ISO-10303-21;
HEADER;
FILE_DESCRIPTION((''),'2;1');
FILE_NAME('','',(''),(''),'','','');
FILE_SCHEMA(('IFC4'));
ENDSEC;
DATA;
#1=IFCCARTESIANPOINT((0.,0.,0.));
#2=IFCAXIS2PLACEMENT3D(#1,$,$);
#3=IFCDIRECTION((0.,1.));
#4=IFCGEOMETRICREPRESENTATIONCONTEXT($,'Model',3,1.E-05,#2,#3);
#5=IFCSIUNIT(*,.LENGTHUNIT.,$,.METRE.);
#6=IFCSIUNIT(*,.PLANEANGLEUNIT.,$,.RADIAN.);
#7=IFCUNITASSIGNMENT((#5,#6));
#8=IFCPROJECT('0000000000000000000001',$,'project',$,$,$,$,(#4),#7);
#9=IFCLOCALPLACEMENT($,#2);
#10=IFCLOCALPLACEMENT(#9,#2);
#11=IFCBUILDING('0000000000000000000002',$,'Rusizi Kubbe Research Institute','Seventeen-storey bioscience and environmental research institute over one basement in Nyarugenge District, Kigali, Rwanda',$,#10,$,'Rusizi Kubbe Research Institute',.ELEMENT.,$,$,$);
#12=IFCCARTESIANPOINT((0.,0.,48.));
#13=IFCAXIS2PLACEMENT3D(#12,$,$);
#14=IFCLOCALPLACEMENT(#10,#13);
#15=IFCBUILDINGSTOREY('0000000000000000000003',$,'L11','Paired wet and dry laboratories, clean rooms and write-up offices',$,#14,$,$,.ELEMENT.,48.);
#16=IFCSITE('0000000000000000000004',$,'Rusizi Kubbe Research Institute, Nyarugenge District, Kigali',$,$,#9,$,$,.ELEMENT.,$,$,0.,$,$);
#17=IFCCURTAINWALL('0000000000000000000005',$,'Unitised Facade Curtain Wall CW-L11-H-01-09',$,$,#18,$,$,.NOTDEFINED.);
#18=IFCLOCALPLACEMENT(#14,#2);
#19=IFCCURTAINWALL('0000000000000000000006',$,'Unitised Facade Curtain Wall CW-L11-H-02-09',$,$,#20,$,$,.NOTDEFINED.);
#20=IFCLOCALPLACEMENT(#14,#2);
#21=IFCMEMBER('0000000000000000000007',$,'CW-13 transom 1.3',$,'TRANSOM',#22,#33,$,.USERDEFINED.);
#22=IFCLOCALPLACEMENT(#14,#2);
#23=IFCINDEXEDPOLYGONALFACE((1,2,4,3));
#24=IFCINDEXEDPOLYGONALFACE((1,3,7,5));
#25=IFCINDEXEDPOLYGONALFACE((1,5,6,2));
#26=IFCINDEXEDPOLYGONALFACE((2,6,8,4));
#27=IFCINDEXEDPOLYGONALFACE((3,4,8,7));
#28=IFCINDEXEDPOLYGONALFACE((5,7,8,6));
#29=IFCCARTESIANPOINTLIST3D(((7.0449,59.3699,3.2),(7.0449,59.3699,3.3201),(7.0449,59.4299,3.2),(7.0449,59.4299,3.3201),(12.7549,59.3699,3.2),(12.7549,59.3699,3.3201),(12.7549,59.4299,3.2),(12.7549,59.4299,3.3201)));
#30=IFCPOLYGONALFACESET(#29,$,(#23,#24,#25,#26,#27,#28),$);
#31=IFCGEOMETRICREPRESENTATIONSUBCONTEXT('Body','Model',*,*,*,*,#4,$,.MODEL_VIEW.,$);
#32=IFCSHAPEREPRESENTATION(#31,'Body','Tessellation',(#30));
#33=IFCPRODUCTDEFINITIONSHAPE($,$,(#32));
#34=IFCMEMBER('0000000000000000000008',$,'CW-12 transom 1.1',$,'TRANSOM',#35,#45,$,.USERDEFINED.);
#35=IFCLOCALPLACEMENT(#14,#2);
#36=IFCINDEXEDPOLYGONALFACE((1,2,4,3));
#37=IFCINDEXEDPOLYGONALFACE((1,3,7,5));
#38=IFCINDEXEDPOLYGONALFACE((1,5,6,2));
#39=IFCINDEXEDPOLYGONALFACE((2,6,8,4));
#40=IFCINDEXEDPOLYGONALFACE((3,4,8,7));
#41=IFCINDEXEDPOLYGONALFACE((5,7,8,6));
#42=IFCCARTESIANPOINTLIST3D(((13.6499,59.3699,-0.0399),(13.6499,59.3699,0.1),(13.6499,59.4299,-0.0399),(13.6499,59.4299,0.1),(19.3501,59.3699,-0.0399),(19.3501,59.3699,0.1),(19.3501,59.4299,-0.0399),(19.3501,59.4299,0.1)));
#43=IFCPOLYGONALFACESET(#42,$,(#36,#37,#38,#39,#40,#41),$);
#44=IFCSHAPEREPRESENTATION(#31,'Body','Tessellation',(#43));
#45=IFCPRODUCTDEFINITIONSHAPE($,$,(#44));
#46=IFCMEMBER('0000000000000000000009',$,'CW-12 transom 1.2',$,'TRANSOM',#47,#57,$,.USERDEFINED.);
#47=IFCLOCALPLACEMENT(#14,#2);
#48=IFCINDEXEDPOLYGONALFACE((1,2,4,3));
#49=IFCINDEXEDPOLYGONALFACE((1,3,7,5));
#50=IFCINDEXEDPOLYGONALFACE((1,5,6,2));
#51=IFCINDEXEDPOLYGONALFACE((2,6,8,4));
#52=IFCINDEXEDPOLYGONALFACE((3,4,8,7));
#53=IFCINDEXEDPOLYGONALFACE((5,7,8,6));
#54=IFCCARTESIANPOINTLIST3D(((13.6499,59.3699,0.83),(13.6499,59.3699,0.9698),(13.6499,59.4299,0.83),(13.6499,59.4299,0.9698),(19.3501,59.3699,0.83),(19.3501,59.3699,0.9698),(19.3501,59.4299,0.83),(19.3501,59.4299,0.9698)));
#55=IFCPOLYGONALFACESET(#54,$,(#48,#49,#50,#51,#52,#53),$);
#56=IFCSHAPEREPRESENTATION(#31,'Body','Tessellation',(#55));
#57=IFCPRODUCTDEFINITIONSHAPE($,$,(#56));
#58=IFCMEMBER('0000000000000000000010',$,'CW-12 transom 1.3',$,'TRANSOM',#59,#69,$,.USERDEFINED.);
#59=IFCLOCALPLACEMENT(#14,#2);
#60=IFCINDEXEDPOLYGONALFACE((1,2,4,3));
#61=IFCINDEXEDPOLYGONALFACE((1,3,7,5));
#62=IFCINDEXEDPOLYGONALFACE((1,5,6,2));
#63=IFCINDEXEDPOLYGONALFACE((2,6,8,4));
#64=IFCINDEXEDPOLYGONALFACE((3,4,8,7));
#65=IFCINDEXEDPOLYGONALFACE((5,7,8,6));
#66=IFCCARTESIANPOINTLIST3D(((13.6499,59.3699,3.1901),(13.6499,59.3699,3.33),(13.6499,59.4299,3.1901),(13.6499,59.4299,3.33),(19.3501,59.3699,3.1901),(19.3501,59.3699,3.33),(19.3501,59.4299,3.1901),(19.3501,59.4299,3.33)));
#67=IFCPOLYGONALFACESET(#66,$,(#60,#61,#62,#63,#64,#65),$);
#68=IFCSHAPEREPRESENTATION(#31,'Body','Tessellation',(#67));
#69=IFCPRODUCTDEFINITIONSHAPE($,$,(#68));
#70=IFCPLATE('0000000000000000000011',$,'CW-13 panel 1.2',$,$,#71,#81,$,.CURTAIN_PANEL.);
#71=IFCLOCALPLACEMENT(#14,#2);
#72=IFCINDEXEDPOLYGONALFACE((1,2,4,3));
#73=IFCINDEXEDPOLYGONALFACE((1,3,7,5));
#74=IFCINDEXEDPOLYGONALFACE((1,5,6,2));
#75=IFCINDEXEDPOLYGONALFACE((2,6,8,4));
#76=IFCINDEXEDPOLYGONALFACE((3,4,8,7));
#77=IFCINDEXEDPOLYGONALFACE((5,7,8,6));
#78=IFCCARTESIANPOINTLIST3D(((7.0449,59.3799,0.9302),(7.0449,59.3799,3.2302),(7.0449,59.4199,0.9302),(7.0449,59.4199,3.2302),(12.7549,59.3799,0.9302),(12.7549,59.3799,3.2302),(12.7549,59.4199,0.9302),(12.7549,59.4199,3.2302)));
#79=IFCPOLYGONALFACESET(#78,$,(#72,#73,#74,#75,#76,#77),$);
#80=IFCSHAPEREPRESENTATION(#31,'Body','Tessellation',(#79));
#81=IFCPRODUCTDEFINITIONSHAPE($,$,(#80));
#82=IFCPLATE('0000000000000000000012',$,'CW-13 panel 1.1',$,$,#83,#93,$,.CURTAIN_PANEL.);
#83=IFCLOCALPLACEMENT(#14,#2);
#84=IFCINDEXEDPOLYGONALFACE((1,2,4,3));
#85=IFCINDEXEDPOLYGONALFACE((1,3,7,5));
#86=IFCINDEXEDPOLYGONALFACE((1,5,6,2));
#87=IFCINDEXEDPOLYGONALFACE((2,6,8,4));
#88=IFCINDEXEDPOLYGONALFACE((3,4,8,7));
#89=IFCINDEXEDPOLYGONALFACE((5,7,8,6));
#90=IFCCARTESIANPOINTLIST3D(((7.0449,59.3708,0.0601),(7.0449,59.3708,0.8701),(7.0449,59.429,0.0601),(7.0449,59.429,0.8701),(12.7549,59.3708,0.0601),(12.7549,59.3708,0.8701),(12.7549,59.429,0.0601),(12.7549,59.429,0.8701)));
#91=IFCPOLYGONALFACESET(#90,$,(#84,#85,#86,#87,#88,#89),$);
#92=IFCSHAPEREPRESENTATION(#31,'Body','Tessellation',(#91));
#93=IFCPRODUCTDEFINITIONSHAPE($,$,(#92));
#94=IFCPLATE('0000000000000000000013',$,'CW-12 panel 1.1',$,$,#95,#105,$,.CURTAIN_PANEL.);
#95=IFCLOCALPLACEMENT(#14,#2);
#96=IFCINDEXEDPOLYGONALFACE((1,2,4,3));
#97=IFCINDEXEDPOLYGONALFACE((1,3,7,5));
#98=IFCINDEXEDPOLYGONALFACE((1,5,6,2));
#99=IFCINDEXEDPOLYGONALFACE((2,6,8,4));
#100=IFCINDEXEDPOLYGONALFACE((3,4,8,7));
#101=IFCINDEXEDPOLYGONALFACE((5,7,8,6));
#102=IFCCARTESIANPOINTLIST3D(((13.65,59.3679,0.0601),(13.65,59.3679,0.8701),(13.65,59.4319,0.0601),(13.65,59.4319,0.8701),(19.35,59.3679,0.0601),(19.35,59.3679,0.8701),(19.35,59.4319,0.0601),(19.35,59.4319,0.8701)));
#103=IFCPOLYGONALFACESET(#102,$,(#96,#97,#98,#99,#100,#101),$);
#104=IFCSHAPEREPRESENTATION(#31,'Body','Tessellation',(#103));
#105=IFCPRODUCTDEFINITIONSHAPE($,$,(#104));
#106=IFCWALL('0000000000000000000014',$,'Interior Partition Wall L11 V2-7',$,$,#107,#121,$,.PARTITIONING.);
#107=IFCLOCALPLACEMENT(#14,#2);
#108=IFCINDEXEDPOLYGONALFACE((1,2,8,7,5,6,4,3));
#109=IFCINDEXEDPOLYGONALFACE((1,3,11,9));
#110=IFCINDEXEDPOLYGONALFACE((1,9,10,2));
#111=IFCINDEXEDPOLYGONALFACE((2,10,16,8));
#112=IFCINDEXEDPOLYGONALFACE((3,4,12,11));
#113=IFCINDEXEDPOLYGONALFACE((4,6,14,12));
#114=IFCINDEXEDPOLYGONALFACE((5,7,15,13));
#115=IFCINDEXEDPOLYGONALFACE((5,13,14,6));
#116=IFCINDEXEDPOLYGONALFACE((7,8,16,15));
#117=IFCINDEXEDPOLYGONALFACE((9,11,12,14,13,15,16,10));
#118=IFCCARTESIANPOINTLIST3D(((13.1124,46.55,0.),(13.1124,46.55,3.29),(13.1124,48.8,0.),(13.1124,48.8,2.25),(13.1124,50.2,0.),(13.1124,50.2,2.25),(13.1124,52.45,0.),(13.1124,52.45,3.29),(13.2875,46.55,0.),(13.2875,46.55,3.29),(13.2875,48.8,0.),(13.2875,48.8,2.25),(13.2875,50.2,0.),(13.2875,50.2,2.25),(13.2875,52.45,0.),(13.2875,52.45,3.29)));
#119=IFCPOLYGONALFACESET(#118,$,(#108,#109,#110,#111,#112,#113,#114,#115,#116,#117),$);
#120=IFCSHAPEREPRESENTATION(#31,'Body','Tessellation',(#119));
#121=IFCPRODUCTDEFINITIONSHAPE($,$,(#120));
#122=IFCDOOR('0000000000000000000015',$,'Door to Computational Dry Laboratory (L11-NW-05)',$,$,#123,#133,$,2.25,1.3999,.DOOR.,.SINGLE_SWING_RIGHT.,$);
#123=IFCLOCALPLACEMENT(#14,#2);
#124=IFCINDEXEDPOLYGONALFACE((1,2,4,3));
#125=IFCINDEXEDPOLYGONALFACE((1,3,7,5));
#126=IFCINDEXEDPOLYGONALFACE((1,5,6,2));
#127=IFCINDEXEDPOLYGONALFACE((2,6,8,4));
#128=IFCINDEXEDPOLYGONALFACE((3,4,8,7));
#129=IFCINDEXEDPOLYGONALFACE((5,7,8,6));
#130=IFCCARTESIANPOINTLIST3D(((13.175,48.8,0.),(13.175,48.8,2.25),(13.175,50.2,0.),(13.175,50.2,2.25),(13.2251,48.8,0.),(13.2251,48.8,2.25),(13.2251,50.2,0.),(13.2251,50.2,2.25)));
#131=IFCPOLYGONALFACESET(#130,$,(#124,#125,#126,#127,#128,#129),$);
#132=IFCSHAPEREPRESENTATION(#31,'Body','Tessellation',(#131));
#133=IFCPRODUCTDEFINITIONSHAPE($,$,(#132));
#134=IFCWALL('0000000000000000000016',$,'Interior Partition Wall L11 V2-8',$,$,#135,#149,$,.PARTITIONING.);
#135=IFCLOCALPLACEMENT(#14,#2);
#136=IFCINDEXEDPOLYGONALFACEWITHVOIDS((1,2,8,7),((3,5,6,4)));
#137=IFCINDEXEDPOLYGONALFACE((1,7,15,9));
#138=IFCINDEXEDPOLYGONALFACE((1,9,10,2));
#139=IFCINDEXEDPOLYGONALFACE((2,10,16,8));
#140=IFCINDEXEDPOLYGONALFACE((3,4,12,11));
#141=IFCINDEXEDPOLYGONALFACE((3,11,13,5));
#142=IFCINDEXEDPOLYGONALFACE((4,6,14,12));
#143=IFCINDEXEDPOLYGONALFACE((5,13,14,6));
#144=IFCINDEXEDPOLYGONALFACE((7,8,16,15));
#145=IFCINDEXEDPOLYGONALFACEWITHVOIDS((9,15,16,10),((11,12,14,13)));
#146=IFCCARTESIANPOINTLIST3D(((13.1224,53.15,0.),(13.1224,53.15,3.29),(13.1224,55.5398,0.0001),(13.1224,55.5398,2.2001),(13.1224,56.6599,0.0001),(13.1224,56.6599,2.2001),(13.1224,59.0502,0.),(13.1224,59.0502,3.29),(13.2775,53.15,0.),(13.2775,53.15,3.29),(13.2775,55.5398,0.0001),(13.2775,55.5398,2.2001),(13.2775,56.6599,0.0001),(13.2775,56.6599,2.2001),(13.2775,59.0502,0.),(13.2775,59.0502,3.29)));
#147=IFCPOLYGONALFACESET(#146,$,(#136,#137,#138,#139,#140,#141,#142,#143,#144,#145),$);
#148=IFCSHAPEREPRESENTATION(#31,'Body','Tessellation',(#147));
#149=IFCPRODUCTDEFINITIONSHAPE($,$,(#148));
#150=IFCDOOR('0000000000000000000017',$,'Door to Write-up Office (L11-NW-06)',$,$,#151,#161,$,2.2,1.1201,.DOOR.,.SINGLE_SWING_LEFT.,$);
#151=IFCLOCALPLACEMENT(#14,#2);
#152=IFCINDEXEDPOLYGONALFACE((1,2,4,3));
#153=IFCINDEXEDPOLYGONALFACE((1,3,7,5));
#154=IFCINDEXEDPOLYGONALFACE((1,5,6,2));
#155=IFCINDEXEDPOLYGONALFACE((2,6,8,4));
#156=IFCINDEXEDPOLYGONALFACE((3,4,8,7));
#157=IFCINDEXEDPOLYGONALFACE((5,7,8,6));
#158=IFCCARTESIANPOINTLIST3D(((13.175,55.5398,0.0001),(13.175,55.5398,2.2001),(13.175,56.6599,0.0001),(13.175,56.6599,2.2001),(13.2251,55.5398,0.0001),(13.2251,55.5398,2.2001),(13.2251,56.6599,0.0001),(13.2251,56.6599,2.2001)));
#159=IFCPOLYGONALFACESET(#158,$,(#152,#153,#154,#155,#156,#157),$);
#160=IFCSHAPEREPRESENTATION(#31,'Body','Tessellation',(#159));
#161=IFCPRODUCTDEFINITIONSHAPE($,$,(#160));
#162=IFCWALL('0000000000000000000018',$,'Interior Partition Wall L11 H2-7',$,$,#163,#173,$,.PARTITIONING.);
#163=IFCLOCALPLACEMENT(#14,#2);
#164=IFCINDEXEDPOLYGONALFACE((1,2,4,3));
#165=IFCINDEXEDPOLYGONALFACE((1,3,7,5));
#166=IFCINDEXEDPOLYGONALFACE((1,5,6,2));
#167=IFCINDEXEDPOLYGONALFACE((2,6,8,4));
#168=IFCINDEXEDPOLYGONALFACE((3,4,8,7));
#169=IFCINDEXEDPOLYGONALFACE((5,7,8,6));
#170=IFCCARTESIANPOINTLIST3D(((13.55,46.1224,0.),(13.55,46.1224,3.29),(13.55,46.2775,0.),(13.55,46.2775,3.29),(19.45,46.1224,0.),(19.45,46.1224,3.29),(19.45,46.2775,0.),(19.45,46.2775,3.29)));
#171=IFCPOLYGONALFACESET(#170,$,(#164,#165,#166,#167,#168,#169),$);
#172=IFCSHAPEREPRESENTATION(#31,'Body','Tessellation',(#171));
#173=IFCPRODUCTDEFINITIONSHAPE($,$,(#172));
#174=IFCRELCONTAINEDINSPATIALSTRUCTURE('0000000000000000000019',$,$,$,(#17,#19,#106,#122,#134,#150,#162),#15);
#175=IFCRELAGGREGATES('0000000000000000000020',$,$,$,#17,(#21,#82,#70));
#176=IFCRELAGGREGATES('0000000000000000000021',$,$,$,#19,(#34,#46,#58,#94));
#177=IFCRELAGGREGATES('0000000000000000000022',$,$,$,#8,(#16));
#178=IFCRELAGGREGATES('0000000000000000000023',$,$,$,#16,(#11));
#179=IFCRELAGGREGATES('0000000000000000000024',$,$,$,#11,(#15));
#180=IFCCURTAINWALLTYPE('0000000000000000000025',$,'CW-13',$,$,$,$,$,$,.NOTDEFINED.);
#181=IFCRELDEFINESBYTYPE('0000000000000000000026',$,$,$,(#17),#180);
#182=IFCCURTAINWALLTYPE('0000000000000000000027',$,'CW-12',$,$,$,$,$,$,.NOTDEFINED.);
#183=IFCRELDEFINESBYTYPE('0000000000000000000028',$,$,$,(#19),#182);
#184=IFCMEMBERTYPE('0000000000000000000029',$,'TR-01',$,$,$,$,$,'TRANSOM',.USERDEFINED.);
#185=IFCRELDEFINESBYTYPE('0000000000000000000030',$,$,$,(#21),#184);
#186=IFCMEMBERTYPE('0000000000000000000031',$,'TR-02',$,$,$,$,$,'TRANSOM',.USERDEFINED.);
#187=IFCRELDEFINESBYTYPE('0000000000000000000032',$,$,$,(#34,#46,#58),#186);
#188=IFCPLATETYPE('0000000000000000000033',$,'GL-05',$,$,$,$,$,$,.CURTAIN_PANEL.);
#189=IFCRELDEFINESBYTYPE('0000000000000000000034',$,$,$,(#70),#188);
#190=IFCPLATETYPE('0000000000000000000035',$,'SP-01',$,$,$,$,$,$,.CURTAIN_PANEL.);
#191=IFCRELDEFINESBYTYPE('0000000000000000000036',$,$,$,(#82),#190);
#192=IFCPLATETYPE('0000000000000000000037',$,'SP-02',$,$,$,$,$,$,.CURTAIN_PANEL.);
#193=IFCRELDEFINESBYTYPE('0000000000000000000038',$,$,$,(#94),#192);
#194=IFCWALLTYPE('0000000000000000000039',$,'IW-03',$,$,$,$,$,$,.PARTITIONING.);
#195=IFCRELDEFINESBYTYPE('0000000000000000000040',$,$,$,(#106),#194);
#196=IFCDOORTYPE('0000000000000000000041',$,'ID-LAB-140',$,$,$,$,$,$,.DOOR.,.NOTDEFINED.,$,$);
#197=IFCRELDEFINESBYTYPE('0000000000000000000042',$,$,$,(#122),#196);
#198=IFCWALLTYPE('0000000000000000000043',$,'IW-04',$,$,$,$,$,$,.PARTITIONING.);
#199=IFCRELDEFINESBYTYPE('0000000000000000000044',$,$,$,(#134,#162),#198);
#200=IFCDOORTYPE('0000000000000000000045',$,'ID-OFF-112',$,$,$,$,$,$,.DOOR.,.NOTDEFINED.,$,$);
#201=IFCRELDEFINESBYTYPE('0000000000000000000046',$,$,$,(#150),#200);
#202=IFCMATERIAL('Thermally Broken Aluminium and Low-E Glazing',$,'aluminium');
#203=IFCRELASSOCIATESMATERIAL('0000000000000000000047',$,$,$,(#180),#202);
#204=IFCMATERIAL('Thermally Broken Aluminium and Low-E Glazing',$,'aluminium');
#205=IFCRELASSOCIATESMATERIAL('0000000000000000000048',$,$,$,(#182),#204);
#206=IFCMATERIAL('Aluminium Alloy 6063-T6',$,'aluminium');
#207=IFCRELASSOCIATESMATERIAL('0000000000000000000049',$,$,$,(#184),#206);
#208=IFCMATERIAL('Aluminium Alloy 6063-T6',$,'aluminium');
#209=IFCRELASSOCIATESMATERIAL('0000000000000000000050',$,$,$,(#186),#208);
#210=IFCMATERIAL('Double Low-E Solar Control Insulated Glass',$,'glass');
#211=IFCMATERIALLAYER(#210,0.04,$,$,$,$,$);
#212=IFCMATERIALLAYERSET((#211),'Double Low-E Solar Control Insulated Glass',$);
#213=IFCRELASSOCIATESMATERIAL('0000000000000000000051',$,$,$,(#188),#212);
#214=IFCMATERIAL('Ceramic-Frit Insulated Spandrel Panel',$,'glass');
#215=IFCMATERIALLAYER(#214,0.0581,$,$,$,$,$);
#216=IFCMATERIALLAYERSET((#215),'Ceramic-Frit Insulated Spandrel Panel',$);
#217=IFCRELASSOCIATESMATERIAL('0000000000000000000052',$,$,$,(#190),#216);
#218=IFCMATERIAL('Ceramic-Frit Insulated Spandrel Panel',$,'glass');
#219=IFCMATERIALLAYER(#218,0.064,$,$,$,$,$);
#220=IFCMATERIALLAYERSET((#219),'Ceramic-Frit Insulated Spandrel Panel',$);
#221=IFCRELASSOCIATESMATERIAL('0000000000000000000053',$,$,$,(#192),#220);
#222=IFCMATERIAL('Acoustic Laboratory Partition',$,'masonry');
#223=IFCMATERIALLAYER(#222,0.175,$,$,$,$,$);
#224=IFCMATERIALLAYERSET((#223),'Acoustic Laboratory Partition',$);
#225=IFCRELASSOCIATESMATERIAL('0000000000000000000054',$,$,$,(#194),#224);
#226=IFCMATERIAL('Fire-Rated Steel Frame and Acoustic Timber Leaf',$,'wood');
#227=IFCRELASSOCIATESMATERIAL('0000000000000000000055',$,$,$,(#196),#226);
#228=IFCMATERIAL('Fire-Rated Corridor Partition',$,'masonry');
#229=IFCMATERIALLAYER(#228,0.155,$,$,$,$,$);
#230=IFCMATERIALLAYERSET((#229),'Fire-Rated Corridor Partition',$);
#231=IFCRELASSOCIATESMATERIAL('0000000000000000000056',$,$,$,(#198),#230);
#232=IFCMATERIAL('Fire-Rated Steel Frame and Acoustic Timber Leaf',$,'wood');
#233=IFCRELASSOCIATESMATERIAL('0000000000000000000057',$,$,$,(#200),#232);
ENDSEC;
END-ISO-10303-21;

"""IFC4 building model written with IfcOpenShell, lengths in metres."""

from ifc_helpers import new_model, si_unit, direction, frame, frame_2d, origin, origin_2d, place, context, subcontext, project, spatial, rectangle, extrude, material, layer, layer_set, material_profile, profile_set, type_object, element, fill, aggregate, save


model = new_model("IFC4")

# Units and contexts
model_context = context("Model", 3, precision=1e-05, world=origin(), true_north=direction((0.0, 1.0)))
body_context = subcontext(model_context, "Body", "Model", "MODEL_VIEW")
ifc_project = project(units=[si_unit("LENGTHUNIT", "METRE"), si_unit("PLANEANGLEUNIT", "RADIAN")], contexts=[model_context])

# Site, building, storey
site_placement = place(None, origin())
site = spatial("IfcSite", under=ifc_project, at=site_placement, Name="Rusizi Kubbe Research Institute, Nyarugenge District, Kigali", CompositionType="ELEMENT", RefElevation=0.0)
building_placement = place(site_placement, origin())
building = spatial("IfcBuilding", under=site, at=building_placement, Name="Rusizi Kubbe Research Institute", Description="Seventeen-storey bioscience and environmental research institute over one basement in Nyarugenge District, Kigali, Rwanda", LongName="Rusizi Kubbe Research Institute", CompositionType="ELEMENT")
storey_placement = place(building_placement, frame((0.0, 0.0, 48.0)))
storey = spatial("IfcBuildingStorey", under=building, at=storey_placement, Name="L11", Description="Paired wet and dry laboratories, clean rooms and write-up offices", CompositionType="ELEMENT", Elevation=48.0)

# Curtain wall
ifc_material_1 = material(Name="Thermally Broken Aluminium and Low-E Glazing", Category="aluminium")
curtain_wall_type_1 = type_object("IfcCurtainWallType", Name="CW-13", PredefinedType="NOTDEFINED", material=ifc_material_1)
curtain_wall_1_placement = place(storey_placement, origin())
curtain_wall_1 = element("IfcCurtainWall", 1, at=curtain_wall_1_placement, inside=storey, type_object=curtain_wall_type_1, Name="Unitised Facade Curtain Wall CW-L11-H-01-09", PredefinedType="NOTDEFINED")

# Curtain wall
ifc_material_2 = material(Name="Thermally Broken Aluminium and Low-E Glazing", Category="aluminium")
curtain_wall_type_2 = type_object("IfcCurtainWallType", Name="CW-12", PredefinedType="NOTDEFINED", material=ifc_material_2)
curtain_wall_2_placement = place(storey_placement, origin())
curtain_wall_2 = element("IfcCurtainWall", 2, at=curtain_wall_2_placement, inside=storey, type_object=curtain_wall_type_2, Name="Unitised Facade Curtain Wall CW-L11-H-02-09", PredefinedType="NOTDEFINED")

# Members
ifc_material_3 = material(Name="Aluminium Alloy 6063-T6", Category="aluminium")
ifc_material_profile_1 = material_profile(ifc_material_3, rectangle(XDim=0.0601, YDim=0.1201, at=origin_2d()), Name="ALU-T 60x120")
ifc_profile_set_1 = profile_set([ifc_material_profile_1], Name="Aluminium Alloy 6063-T6")
member_type_1 = type_object("IfcMemberType", Name="TR-01", ElementType="TRANSOM", PredefinedType="USERDEFINED", material=ifc_profile_set_1)
member_1_placement = place(storey_placement, frame((7.0449, 59.3999, 3.26), z_axis=(1.0, 0.0, 0.0), x_axis=(0.0, 1.0, 0.0)))
member_1 = element("IfcMember", 3, at=member_1_placement, type_object=member_type_1, Name="CW-13 transom 1.3", ObjectType="TRANSOM", PredefinedType="USERDEFINED", context=body_context, shape_type="SweptSolid", body=[
    extrude(rectangle(XDim=0.0601, YDim=0.1201, at=origin_2d()), origin(), (0.0, 0.0, 1.0), 5.71),
])
ifc_material_4 = material(Name="Aluminium Alloy 6063-T6", Category="aluminium")
ifc_material_profile_2 = material_profile(ifc_material_4, rectangle(XDim=0.0601, YDim=0.1399, at=origin_2d()), Name="ALU-T 60x140")
ifc_profile_set_2 = profile_set([ifc_material_profile_2], Name="Aluminium Alloy 6063-T6")
member_type_2 = type_object("IfcMemberType", Name="TR-02", ElementType="TRANSOM", PredefinedType="USERDEFINED", material=ifc_profile_set_2)
member_2_placement = place(storey_placement, frame((13.6499, 59.3999, 0.03), z_axis=(1.0, 0.0, 0.0), x_axis=(0.0, 1.0, 0.0)))
member_2 = element("IfcMember", 4, at=member_2_placement, type_object=member_type_2, Name="CW-12 transom 1.1", ObjectType="TRANSOM", PredefinedType="USERDEFINED", context=body_context, shape_type="SweptSolid", body=[
    extrude(rectangle(XDim=0.0601, YDim=0.1399, at=origin_2d()), origin(), (0.0, 0.0, 1.0), 5.7002),
])
member_3_placement = place(storey_placement, frame((13.6499, 59.3999, 0.8999), z_axis=(1.0, 0.0, 0.0), x_axis=(0.0, 1.0, 0.0)))
member_3 = element("IfcMember", 5, at=member_3_placement, type_object=member_type_2, Name="CW-12 transom 1.2", ObjectType="TRANSOM", PredefinedType="USERDEFINED", context=body_context, shape_type="SweptSolid", body=[
    extrude(rectangle(XDim=0.0601, YDim=0.1399, at=origin_2d()), origin(), (0.0, 0.0, 1.0), 5.7002),
])
member_4_placement = place(storey_placement, frame((13.6499, 59.3999, 3.26), z_axis=(1.0, 0.0, 0.0), x_axis=(0.0, 1.0, 0.0)))
member_4 = element("IfcMember", 6, at=member_4_placement, type_object=member_type_2, Name="CW-12 transom 1.3", ObjectType="TRANSOM", PredefinedType="USERDEFINED", context=body_context, shape_type="SweptSolid", body=[
    extrude(rectangle(XDim=0.0601, YDim=0.1399, at=origin_2d()), origin(), (0.0, 0.0, 1.0), 5.7002),
])

# Plates
ifc_material_5 = material(Name="Double Low-E Solar Control Insulated Glass", Category="glass")
ifc_layer_1 = layer(ifc_material_5, 0.04)
ifc_layer_set_1 = layer_set([ifc_layer_1], Name="Double Low-E Solar Control Insulated Glass")
plate_type_1 = type_object("IfcPlateType", Name="GL-05", PredefinedType="CURTAIN_PANEL", material=ifc_layer_set_1)
plate_1_placement = place(storey_placement, frame((9.8999, 59.3999, 0.9302), z_axis=(0.0, 0.0, 1.0), x_axis=(1.0, 0.0, 0.0)))
plate_1 = element("IfcPlate", 7, at=plate_1_placement, type_object=plate_type_1, Name="CW-13 panel 1.2", PredefinedType="CURTAIN_PANEL", context=body_context, shape_type="SweptSolid", body=[
    extrude(rectangle(XDim=5.71, YDim=0.04, at=origin_2d()), origin(), (0.0, 0.0, 1.0), 2.3),
])
ifc_material_6 = material(Name="Ceramic-Frit Insulated Spandrel Panel", Category="glass")
ifc_layer_2 = layer(ifc_material_6, 0.0581)
ifc_layer_set_2 = layer_set([ifc_layer_2], Name="Ceramic-Frit Insulated Spandrel Panel")
plate_type_2 = type_object("IfcPlateType", Name="SP-01", PredefinedType="CURTAIN_PANEL", material=ifc_layer_set_2)
plate_2_placement = place(storey_placement, frame((9.8999, 59.3999, 0.0601), z_axis=(0.0, 0.0, 1.0), x_axis=(1.0, 0.0, 0.0)))
plate_2 = element("IfcPlate", 8, at=plate_2_placement, type_object=plate_type_2, Name="CW-13 panel 1.1", PredefinedType="CURTAIN_PANEL", context=body_context, shape_type="SweptSolid", body=[
    extrude(rectangle(XDim=5.71, YDim=0.0581, at=origin_2d()), origin(), (0.0, 0.0, 1.0), 0.8101),
])
aggregate(curtain_wall_1, [member_1, plate_2, plate_1])
ifc_material_7 = material(Name="Ceramic-Frit Insulated Spandrel Panel", Category="glass")
ifc_layer_3 = layer(ifc_material_7, 0.064)
ifc_layer_set_3 = layer_set([ifc_layer_3], Name="Ceramic-Frit Insulated Spandrel Panel")
plate_type_3 = type_object("IfcPlateType", Name="SP-02", PredefinedType="CURTAIN_PANEL", material=ifc_layer_set_3)
plate_3_placement = place(storey_placement, frame((16.5, 59.3999, 0.0601), z_axis=(0.0, 0.0, 1.0), x_axis=(1.0, 0.0, 0.0)))
plate_3 = element("IfcPlate", 9, at=plate_3_placement, type_object=plate_type_3, Name="CW-12 panel 1.1", PredefinedType="CURTAIN_PANEL", context=body_context, shape_type="SweptSolid", body=[
    extrude(rectangle(XDim=5.7, YDim=0.064, at=origin_2d()), origin(), (0.0, 0.0, 1.0), 0.8101),
])
aggregate(curtain_wall_2, [member_2, member_3, member_4, plate_3])

# Walls, openings, doors
ifc_material_8 = material(Name="Acoustic Laboratory Partition", Category="masonry")
ifc_layer_4 = layer(ifc_material_8, 0.175)
ifc_layer_set_4 = layer_set([ifc_layer_4], Name="Acoustic Laboratory Partition")
wall_type_1 = type_object("IfcWallType", Name="IW-03", PredefinedType="PARTITIONING", material=ifc_layer_set_4)
wall_1_placement = place(storey_placement, frame((13.2, 46.55, 0.0), z_axis=(0.0, 0.0, 1.0), x_axis=(0.0, 1.0, 0.0)))
wall_1 = element("IfcWall", 10, at=wall_1_placement, inside=storey, type_object=wall_type_1, Name="Interior Partition Wall L11 V2-7", PredefinedType="PARTITIONING", context=body_context, shape_type="SweptSolid", body=[
    extrude(rectangle(XDim=5.8999, YDim=0.175, at=frame_2d((2.95, 0.0))), origin(), (0.0, 0.0, 1.0), 3.29),
])
opening_1_placement = place(wall_1_placement, frame((2.25, 0.0, 0.0)))
opening_1 = element("IfcOpeningElement", 11, at=opening_1_placement, cuts=wall_1, PredefinedType="OPENING", context=body_context, shape_type="SweptSolid", body=[
    extrude(rectangle(XDim=1.3999, YDim=2.25, at=frame_2d((0.7, 1.125))), frame((0.0, 0.0974, 0.0), z_axis=(0.0, -1.0, 0.0), x_axis=(1.0, 0.0, 0.0)), (0.0, 0.0, 1.0), 0.1951),
])
ifc_material_9 = material(Name="Fire-Rated Steel Frame and Acoustic Timber Leaf", Category="wood")
door_type_1 = type_object("IfcDoorType", Name="ID-LAB-140", OperationType="NOTDEFINED", PredefinedType="DOOR", material=ifc_material_9)
door_1_placement = place(opening_1_placement, origin())
door_1 = element("IfcDoor", 12, at=door_1_placement, inside=storey, type_object=door_type_1, Name="Door to Computational Dry Laboratory (L11-NW-05)", OperationType="SINGLE_SWING_RIGHT", OverallHeight=2.25, OverallWidth=1.3999, PredefinedType="DOOR", context=body_context, shape_type="SweptSolid", body=[
    extrude(rectangle(XDim=1.3999, YDim=2.25, at=frame_2d((0.7, 1.125))), frame((0.0, 0.0249, 0.0), z_axis=(0.0, -1.0, 0.0), x_axis=(1.0, 0.0, 0.0)), (0.0, 0.0, 1.0), 0.05),
])
fill(opening_1, door_1)
ifc_material_10 = material(Name="Fire-Rated Corridor Partition", Category="masonry")
ifc_layer_5 = layer(ifc_material_10, 0.155)
ifc_layer_set_5 = layer_set([ifc_layer_5], Name="Fire-Rated Corridor Partition")
wall_type_2 = type_object("IfcWallType", Name="IW-04", PredefinedType="PARTITIONING", material=ifc_layer_set_5)
wall_2_placement = place(storey_placement, frame((13.2, 53.1499, 0.0), z_axis=(0.0, 0.0, 1.0), x_axis=(0.0, 1.0, 0.0)))
wall_2 = element("IfcWall", 13, at=wall_2_placement, inside=storey, type_object=wall_type_2, Name="Interior Partition Wall L11 V2-8", PredefinedType="PARTITIONING", context=body_context, shape_type="SweptSolid", body=[
    extrude(rectangle(XDim=5.9001, YDim=0.155, at=frame_2d((2.9502, 0.0))), origin(), (0.0, 0.0, 1.0), 3.29),
])
opening_2_placement = place(wall_2_placement, frame((2.3899, 0.0, 0.0)))
opening_2 = element("IfcOpeningElement", 14, at=opening_2_placement, cuts=wall_2, PredefinedType="OPENING", context=body_context, shape_type="SweptSolid", body=[
    extrude(rectangle(XDim=1.1201, YDim=2.2, at=frame_2d((0.5601, 1.1001))), frame((0.0, 0.0874, 0.0), z_axis=(0.0, -1.0, 0.0), x_axis=(1.0, 0.0, 0.0)), (0.0, 0.0, 1.0), 0.175),
])
ifc_material_11 = material(Name="Fire-Rated Steel Frame and Acoustic Timber Leaf", Category="wood")
door_type_2 = type_object("IfcDoorType", Name="ID-OFF-112", OperationType="NOTDEFINED", PredefinedType="DOOR", material=ifc_material_11)
door_2_placement = place(opening_2_placement, origin())
door_2 = element("IfcDoor", 15, at=door_2_placement, inside=storey, type_object=door_type_2, Name="Door to Write-up Office (L11-NW-06)", OperationType="SINGLE_SWING_LEFT", OverallHeight=2.2, OverallWidth=1.1201, PredefinedType="DOOR", context=body_context, shape_type="SweptSolid", body=[
    extrude(rectangle(XDim=1.1201, YDim=2.2, at=frame_2d((0.5601, 1.1001))), frame((0.0, 0.0249, 0.0), z_axis=(0.0, -1.0, 0.0), x_axis=(1.0, 0.0, 0.0)), (0.0, 0.0, 1.0), 0.05),
])
fill(opening_2, door_2)

# Wall
wall_3_placement = place(storey_placement, frame((13.55, 46.2, 0.0), z_axis=(0.0, 0.0, 1.0), x_axis=(1.0, 0.0, 0.0)))
element("IfcWall", 16, at=wall_3_placement, inside=storey, type_object=wall_type_2, Name="Interior Partition Wall L11 H2-7", PredefinedType="PARTITIONING", context=body_context, shape_type="SweptSolid", body=[
    extrude(rectangle(XDim=5.8999, YDim=0.155, at=frame_2d((2.95, 0.0))), origin(), (0.0, 0.0, 1.0), 3.29),
])

save(model, "model.ifc")
